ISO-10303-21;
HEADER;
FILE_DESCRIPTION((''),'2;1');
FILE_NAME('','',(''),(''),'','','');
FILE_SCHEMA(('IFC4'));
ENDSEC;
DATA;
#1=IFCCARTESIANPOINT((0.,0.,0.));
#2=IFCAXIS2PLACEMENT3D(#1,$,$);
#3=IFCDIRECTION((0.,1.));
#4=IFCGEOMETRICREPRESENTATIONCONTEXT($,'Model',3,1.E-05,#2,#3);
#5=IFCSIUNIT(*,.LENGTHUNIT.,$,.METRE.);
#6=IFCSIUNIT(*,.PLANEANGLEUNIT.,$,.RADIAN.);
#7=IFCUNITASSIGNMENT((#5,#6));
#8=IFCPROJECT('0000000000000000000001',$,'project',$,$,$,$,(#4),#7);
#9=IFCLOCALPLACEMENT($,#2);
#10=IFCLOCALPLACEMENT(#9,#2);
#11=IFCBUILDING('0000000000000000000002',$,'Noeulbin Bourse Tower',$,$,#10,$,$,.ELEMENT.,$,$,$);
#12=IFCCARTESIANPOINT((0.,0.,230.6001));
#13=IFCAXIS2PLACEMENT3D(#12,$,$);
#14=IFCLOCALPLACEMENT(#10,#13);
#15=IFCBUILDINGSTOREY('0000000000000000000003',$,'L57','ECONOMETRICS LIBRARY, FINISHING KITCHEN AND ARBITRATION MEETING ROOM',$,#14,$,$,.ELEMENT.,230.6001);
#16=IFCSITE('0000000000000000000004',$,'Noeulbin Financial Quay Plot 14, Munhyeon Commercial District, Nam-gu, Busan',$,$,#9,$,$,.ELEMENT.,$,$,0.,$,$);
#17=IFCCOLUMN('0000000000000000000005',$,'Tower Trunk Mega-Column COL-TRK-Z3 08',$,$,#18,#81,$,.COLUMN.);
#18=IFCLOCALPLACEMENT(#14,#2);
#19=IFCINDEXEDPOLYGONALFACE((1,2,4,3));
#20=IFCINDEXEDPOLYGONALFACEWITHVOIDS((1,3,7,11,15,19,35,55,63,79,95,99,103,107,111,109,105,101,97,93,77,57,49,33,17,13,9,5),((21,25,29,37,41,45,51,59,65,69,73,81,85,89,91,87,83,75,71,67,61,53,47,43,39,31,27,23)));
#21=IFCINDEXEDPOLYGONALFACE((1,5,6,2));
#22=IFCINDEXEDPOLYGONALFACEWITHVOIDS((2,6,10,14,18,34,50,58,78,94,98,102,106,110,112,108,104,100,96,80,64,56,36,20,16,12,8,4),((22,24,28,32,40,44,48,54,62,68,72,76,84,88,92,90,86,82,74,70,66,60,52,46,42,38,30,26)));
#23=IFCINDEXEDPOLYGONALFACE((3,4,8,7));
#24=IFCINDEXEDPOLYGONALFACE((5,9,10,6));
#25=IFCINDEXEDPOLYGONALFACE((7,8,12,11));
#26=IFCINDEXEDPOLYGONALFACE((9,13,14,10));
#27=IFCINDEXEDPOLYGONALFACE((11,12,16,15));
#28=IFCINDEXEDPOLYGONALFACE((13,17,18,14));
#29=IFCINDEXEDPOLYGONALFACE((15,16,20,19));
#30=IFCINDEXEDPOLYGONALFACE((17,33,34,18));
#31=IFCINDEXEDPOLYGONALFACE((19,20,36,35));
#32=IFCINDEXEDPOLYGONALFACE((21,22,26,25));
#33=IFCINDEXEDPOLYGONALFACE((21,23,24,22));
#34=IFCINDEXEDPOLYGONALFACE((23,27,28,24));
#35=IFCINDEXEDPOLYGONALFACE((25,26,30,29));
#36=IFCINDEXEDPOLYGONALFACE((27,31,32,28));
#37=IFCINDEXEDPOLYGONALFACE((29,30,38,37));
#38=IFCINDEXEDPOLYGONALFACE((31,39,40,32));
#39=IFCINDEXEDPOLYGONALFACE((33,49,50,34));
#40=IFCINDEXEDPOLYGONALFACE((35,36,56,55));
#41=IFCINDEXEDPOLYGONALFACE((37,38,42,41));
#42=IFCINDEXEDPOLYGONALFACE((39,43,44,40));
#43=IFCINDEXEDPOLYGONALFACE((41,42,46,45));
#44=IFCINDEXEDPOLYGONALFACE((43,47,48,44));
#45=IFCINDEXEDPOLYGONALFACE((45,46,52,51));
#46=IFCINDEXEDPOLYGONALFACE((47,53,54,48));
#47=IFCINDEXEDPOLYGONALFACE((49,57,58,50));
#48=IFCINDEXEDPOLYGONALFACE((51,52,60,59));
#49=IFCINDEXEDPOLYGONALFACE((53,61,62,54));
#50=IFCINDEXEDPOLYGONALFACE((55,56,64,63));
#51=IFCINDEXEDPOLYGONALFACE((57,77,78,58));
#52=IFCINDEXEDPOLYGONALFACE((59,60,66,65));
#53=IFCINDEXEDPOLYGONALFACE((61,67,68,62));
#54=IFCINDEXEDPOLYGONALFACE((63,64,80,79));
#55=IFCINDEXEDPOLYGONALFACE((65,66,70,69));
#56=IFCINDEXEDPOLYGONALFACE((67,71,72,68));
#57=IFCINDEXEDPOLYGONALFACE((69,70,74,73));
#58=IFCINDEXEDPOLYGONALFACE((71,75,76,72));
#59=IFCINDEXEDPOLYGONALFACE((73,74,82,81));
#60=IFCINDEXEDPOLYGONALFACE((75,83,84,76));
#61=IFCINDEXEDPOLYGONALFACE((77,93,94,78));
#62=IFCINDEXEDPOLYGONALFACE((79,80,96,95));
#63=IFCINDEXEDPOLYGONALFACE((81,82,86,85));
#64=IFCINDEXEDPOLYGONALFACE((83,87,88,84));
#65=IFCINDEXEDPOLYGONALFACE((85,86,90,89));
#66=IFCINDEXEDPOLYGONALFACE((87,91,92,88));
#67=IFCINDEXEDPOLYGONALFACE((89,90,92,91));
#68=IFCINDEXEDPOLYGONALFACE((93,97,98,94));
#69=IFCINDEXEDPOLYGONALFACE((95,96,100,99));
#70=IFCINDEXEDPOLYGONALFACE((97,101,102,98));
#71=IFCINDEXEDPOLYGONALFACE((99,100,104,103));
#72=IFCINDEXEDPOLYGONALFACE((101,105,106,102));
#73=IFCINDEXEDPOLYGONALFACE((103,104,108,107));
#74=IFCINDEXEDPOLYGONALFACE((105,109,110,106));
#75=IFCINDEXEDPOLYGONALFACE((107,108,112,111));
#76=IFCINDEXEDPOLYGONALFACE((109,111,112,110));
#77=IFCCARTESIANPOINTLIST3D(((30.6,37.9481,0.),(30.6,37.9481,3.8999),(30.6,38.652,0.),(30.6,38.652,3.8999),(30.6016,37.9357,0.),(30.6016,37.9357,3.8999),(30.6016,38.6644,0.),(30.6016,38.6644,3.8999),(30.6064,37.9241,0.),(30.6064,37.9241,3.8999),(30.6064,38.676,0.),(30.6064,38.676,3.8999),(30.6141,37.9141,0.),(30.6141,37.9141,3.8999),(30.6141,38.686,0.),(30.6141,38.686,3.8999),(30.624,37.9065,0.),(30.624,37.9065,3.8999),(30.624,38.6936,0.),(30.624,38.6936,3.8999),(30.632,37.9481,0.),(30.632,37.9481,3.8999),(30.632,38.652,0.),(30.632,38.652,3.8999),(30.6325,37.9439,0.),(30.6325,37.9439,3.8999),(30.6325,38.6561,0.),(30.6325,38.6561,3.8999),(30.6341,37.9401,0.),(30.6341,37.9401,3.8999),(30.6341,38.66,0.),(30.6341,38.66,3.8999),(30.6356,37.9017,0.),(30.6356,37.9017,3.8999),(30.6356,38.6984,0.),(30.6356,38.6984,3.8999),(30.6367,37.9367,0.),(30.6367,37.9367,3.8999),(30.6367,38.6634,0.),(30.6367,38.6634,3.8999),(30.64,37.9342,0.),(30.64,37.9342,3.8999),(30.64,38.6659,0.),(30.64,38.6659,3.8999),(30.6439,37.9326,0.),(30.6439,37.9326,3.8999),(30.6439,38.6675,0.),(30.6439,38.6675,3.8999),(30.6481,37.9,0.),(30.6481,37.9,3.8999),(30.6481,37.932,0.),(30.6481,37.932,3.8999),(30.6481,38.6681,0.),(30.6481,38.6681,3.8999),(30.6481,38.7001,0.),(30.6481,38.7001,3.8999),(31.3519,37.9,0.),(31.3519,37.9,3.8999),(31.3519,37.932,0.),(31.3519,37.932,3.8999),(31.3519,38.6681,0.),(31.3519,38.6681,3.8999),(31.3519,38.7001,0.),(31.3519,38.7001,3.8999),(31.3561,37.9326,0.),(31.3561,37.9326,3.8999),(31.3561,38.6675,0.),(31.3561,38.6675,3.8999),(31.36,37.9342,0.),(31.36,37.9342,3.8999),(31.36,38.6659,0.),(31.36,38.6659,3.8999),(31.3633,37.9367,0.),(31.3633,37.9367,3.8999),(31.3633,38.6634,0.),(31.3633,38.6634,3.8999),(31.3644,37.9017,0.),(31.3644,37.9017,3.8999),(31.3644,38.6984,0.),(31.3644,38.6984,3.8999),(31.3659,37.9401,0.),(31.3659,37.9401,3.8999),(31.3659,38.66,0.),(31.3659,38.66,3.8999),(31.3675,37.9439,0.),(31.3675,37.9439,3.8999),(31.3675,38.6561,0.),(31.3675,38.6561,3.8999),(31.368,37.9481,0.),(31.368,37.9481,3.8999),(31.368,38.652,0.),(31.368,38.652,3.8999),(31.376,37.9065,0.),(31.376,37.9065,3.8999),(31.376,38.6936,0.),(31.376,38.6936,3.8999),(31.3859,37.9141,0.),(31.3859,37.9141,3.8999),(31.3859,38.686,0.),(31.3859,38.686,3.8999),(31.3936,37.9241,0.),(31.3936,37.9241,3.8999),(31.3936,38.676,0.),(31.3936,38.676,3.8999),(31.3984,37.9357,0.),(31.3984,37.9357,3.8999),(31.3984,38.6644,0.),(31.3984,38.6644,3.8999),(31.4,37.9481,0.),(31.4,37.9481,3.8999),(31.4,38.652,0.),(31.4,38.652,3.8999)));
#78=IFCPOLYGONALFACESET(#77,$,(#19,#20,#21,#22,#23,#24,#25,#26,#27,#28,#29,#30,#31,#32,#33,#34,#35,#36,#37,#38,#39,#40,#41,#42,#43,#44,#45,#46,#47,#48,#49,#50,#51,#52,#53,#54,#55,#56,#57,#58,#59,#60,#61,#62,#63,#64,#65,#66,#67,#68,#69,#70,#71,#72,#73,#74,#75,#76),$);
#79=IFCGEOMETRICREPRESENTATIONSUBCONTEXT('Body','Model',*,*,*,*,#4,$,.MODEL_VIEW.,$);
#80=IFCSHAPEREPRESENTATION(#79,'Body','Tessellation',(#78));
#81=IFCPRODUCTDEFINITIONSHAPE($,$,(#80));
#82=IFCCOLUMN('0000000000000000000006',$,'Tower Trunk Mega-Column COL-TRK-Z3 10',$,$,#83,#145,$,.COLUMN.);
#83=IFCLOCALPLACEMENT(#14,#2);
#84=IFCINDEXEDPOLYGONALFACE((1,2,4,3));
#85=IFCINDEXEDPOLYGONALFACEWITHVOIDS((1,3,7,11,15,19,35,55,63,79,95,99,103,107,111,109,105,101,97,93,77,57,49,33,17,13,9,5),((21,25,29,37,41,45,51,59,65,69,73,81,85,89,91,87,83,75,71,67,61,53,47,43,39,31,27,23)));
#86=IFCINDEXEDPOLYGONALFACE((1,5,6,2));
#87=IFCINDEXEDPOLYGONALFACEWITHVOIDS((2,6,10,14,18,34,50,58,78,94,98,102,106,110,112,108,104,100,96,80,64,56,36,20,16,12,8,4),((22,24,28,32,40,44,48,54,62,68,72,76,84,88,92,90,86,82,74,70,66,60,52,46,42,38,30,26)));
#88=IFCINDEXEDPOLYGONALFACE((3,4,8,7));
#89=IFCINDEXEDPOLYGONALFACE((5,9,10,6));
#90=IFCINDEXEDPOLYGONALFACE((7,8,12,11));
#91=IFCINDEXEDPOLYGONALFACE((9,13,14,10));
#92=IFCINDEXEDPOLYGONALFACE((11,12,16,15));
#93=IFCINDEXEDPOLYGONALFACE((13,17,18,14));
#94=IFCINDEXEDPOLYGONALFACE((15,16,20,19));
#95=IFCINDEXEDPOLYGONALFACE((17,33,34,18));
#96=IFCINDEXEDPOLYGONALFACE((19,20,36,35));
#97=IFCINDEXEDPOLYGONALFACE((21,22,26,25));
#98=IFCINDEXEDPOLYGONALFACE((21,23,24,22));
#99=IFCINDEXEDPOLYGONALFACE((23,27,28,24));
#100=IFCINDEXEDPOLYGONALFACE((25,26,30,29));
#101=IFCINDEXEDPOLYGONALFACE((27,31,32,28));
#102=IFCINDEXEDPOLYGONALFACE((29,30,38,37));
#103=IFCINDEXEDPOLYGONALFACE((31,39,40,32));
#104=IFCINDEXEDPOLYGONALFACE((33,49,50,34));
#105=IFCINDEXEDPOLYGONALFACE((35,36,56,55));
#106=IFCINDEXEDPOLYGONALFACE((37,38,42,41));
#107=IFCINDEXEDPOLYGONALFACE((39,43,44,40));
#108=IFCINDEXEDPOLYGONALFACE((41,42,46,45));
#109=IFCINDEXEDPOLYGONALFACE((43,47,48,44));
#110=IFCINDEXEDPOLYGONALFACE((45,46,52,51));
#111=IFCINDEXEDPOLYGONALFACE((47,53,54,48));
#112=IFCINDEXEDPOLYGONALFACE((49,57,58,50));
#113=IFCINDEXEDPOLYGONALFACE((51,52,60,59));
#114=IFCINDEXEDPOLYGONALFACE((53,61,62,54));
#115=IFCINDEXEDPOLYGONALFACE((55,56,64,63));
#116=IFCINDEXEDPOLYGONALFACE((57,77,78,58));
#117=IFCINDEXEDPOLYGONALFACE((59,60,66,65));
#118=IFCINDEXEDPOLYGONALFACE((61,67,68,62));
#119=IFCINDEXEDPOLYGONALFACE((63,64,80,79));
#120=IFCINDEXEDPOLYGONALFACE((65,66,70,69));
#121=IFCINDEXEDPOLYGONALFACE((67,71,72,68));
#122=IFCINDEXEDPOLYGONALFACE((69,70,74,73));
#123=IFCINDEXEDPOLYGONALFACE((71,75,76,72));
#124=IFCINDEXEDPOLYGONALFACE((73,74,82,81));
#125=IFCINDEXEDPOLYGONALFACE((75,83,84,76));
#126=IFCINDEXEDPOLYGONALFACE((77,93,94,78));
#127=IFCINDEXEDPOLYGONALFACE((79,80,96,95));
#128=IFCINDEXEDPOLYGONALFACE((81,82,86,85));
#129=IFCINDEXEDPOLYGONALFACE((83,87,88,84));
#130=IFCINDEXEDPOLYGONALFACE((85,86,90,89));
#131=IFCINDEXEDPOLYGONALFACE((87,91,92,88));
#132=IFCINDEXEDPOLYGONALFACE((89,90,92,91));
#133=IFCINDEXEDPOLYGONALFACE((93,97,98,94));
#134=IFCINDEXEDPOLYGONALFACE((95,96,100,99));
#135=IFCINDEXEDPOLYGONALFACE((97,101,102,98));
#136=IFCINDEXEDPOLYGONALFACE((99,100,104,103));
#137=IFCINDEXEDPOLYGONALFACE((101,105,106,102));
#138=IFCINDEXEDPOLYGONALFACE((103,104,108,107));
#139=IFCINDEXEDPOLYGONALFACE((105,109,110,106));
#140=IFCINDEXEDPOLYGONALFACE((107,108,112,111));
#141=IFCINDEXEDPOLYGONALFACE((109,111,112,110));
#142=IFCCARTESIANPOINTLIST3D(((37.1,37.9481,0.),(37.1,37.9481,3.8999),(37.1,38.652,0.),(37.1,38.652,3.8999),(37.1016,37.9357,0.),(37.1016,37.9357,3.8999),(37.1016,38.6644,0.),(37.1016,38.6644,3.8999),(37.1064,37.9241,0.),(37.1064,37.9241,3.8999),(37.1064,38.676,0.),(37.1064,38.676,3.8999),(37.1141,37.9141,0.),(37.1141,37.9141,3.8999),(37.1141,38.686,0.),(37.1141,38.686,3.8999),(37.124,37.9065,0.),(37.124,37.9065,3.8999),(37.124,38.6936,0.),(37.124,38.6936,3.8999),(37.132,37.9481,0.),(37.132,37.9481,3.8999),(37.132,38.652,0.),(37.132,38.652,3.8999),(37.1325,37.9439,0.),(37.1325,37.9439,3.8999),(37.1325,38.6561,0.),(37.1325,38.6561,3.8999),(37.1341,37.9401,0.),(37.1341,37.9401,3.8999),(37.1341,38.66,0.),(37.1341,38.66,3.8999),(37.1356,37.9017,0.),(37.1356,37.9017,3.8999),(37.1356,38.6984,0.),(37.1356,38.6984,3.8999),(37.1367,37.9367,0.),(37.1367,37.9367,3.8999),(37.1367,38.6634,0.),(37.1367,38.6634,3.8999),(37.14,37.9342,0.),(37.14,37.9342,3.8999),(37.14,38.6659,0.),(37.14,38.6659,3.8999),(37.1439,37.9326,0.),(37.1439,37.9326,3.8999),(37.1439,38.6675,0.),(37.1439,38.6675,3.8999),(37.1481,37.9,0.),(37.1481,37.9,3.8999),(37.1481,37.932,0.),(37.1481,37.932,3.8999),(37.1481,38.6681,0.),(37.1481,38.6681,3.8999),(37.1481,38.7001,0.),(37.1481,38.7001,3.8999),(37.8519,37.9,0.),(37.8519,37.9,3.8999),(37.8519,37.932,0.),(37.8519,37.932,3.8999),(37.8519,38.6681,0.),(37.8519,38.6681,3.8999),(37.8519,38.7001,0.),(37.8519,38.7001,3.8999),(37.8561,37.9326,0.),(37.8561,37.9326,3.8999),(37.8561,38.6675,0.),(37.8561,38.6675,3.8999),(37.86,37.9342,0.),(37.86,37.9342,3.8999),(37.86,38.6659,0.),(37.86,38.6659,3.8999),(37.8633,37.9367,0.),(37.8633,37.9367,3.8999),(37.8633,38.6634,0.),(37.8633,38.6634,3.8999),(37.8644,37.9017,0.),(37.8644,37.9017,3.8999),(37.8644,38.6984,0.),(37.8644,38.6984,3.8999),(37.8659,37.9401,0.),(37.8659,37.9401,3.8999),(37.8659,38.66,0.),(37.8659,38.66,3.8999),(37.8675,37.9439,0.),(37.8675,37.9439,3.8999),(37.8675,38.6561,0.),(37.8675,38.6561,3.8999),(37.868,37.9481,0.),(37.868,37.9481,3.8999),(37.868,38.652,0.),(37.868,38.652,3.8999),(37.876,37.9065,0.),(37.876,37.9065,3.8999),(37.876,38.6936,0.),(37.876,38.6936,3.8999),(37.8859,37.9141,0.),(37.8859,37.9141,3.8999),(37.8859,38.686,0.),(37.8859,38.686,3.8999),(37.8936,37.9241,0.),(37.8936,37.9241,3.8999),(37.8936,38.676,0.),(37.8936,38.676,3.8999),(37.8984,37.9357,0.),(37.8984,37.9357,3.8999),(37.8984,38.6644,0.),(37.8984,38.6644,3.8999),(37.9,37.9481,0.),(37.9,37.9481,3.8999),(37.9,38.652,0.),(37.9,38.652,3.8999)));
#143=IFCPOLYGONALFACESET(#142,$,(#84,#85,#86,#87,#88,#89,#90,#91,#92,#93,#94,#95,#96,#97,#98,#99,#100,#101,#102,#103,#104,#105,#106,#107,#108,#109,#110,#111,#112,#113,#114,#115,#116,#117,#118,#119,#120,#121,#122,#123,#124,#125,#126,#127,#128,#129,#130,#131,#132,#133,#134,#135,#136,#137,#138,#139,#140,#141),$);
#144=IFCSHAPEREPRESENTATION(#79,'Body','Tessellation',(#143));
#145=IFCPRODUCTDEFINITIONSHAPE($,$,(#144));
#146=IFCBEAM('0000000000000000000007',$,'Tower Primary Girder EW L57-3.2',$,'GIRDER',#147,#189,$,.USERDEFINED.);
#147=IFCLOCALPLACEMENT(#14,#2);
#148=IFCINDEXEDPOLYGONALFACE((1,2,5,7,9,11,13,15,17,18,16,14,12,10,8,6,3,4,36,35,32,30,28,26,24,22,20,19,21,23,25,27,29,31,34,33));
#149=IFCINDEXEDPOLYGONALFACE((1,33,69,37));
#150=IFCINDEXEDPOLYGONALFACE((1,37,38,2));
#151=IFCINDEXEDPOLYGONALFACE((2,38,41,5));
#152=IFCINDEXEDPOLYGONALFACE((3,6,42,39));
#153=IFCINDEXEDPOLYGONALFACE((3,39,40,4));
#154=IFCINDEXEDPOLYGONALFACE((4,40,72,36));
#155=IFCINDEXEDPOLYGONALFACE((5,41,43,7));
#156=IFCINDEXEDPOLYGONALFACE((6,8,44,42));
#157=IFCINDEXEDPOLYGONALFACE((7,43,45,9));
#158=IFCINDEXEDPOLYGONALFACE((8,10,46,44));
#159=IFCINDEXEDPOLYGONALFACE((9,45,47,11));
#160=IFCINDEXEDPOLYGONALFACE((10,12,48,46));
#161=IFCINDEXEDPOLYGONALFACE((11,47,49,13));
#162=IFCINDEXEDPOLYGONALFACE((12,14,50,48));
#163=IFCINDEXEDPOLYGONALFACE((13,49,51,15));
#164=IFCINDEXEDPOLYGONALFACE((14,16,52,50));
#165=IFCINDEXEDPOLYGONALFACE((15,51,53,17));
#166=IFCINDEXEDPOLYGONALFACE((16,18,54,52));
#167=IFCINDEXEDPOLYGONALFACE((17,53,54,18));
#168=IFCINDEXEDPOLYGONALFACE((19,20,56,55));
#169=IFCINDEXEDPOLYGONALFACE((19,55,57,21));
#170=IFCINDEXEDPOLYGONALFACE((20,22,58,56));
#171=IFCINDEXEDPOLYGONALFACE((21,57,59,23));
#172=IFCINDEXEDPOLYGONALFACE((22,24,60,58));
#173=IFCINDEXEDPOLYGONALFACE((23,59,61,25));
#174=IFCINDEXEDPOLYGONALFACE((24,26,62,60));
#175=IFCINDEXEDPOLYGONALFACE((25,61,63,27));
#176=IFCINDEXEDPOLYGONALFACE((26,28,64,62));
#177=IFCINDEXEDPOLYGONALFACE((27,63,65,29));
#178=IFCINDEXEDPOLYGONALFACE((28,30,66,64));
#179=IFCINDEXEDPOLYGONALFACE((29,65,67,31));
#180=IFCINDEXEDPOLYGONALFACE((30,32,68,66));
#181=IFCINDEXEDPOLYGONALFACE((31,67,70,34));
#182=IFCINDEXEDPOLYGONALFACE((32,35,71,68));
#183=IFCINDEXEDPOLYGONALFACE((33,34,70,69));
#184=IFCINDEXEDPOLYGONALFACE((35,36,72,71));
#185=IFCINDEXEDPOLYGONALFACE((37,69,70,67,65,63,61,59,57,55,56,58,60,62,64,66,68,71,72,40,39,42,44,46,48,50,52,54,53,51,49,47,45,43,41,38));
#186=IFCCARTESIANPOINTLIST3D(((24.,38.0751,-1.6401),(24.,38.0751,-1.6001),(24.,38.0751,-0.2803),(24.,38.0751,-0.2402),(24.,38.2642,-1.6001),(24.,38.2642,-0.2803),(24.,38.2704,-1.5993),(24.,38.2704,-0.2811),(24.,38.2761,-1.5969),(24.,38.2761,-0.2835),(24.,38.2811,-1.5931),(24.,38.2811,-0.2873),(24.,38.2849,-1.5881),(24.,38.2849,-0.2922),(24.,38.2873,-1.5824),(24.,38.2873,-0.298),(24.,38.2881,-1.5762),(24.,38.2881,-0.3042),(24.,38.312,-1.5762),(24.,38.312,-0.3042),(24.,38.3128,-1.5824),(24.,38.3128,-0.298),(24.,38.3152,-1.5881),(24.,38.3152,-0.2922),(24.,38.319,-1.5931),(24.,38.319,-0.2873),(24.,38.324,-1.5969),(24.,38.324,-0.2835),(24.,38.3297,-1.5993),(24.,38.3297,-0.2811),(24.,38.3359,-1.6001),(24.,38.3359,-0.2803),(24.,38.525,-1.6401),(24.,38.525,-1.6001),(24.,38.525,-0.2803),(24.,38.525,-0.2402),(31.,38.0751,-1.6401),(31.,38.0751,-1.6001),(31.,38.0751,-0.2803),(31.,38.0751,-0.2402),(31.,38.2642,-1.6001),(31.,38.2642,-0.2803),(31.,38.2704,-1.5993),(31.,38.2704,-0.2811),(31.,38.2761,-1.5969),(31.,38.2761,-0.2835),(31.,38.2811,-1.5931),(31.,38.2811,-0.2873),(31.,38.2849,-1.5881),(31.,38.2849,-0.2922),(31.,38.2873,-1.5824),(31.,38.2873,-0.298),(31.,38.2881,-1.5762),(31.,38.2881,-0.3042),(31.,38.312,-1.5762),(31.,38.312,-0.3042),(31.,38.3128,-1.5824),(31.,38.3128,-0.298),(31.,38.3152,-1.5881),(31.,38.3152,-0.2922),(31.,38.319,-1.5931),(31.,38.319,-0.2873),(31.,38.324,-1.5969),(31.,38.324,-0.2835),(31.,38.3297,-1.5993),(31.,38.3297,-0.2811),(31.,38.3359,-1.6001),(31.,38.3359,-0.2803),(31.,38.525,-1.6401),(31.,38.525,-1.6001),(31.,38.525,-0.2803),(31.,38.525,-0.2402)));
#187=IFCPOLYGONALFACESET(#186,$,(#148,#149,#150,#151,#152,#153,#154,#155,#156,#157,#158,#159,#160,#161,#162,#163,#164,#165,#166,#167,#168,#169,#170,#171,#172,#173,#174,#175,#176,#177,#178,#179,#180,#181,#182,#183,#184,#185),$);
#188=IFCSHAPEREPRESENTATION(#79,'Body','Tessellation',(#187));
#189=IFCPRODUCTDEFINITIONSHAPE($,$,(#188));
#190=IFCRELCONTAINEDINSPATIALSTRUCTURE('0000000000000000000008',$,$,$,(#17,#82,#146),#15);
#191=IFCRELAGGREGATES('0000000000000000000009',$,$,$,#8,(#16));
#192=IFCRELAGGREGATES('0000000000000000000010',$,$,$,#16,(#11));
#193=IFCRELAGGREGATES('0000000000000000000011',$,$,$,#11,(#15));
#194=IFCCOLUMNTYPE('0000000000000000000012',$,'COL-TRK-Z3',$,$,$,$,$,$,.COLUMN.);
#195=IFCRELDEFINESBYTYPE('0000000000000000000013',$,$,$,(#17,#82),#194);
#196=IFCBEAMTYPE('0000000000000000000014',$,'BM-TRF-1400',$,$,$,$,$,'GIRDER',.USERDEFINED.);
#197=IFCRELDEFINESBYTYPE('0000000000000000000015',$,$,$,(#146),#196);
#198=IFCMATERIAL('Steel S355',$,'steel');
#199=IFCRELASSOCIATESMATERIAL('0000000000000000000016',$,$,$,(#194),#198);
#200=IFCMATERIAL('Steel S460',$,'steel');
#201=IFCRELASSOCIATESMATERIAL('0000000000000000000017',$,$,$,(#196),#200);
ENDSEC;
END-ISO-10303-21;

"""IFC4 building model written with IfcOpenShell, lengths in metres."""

from ifc_helpers import new_model, si_unit, direction, frame, origin, origin_2d, place, context, subcontext, project, spatial, hollow_rectangle, i_section, extrude, material, material_profile, profile_set, type_object, element, save


model = new_model("IFC4")

# Units and contexts
model_context = context("Model", 3, precision=1e-05, world=origin(), true_north=direction((0.0, 1.0)))
body_context = subcontext(model_context, "Body", "Model", "MODEL_VIEW")
ifc_project = project(units=[si_unit("LENGTHUNIT", "METRE"), si_unit("PLANEANGLEUNIT", "RADIAN")], contexts=[model_context])

# Site, building, storey
site_placement = place(None, origin())
site = spatial("IfcSite", under=ifc_project, at=site_placement, Name="Noeulbin Financial Quay Plot 14, Munhyeon Commercial District, Nam-gu, Busan", CompositionType="ELEMENT", RefElevation=0.0)
building_placement = place(site_placement, origin())
building = spatial("IfcBuilding", under=site, at=building_placement, Name="Noeulbin Bourse Tower", CompositionType="ELEMENT")
storey_placement = place(building_placement, frame((0.0, 0.0, 230.6001)))
storey = spatial("IfcBuildingStorey", under=building, at=storey_placement, Name="L57", Description="ECONOMETRICS LIBRARY, FINISHING KITCHEN AND ARBITRATION MEETING ROOM", CompositionType="ELEMENT", Elevation=230.6001)

# Columns
ifc_material_1 = material(Name="Steel S355", Category="steel")
ifc_material_profile_1 = material_profile(ifc_material_1, hollow_rectangle(XDim=0.8, YDim=0.8, WallThickness=0.032, InnerFilletRadius=0.0161, OuterFilletRadius=0.0481, at=origin_2d()), Name="BOX-800x800x32", Category="LoadBearing")
ifc_profile_set_1 = profile_set([ifc_material_profile_1], Name="Steel S355")
column_type = type_object("IfcColumnType", Name="COL-TRK-Z3", PredefinedType="COLUMN", material=ifc_profile_set_1)
for number, where, z_axis, x_axis, name in (
    (1, (31.0, 38.3, 0.0), (0.0, 0.0, 1.0), (1.0, 0.0, 0.0), "Tower Trunk Mega-Column COL-TRK-Z3 08"),
    (2, (37.5, 38.3, 0.0), (0.0, 0.0, 1.0), (1.0, 0.0, 0.0), "Tower Trunk Mega-Column COL-TRK-Z3 10"),
):
    element("IfcColumn", number, at=place(storey_placement, frame(where, z_axis=z_axis, x_axis=x_axis)), inside=storey, type_object=column_type, Name=name, PredefinedType="COLUMN", context=body_context, shape_type="SweptSolid", body=[
        extrude(hollow_rectangle(XDim=0.8, YDim=0.8, WallThickness=0.032, InnerFilletRadius=0.0161, OuterFilletRadius=0.0481, at=origin_2d()), origin(), (0.0, 0.0, 1.0), 3.8999),
    ])

# Beam
ifc_material_2 = material(Name="Steel S460", Category="steel")
ifc_material_profile_2 = material_profile(ifc_material_2, i_section(OverallWidth=0.45, OverallDepth=1.3999, WebThickness=0.0239, FlangeThickness=0.04, FilletRadius=0.0239, at=origin_2d()), Name="PG-1400x450x24x40", Category="LoadBearing")
ifc_profile_set_2 = profile_set([ifc_material_profile_2], Name="Steel S460")
beam_type = type_object("IfcBeamType", Name="BM-TRF-1400", ElementType="GIRDER", PredefinedType="USERDEFINED", material=ifc_profile_set_2)
beam_1_placement = place(storey_placement, frame((24.0, 38.3, -0.9402), z_axis=(1.0, 0.0, 0.0), x_axis=(0.0, 1.0, 0.0)))
element("IfcBeam", 3, at=beam_1_placement, inside=storey, type_object=beam_type, Name="Tower Primary Girder EW L57-3.2", ObjectType="GIRDER", PredefinedType="USERDEFINED", context=body_context, shape_type="SweptSolid", body=[
    extrude(i_section(OverallWidth=0.45, OverallDepth=1.3999, WebThickness=0.0239, FlangeThickness=0.04, FilletRadius=0.0239, at=origin_2d()), origin(), (0.0, 0.0, 1.0), 7.0),
])

save(model, "model.ifc")
